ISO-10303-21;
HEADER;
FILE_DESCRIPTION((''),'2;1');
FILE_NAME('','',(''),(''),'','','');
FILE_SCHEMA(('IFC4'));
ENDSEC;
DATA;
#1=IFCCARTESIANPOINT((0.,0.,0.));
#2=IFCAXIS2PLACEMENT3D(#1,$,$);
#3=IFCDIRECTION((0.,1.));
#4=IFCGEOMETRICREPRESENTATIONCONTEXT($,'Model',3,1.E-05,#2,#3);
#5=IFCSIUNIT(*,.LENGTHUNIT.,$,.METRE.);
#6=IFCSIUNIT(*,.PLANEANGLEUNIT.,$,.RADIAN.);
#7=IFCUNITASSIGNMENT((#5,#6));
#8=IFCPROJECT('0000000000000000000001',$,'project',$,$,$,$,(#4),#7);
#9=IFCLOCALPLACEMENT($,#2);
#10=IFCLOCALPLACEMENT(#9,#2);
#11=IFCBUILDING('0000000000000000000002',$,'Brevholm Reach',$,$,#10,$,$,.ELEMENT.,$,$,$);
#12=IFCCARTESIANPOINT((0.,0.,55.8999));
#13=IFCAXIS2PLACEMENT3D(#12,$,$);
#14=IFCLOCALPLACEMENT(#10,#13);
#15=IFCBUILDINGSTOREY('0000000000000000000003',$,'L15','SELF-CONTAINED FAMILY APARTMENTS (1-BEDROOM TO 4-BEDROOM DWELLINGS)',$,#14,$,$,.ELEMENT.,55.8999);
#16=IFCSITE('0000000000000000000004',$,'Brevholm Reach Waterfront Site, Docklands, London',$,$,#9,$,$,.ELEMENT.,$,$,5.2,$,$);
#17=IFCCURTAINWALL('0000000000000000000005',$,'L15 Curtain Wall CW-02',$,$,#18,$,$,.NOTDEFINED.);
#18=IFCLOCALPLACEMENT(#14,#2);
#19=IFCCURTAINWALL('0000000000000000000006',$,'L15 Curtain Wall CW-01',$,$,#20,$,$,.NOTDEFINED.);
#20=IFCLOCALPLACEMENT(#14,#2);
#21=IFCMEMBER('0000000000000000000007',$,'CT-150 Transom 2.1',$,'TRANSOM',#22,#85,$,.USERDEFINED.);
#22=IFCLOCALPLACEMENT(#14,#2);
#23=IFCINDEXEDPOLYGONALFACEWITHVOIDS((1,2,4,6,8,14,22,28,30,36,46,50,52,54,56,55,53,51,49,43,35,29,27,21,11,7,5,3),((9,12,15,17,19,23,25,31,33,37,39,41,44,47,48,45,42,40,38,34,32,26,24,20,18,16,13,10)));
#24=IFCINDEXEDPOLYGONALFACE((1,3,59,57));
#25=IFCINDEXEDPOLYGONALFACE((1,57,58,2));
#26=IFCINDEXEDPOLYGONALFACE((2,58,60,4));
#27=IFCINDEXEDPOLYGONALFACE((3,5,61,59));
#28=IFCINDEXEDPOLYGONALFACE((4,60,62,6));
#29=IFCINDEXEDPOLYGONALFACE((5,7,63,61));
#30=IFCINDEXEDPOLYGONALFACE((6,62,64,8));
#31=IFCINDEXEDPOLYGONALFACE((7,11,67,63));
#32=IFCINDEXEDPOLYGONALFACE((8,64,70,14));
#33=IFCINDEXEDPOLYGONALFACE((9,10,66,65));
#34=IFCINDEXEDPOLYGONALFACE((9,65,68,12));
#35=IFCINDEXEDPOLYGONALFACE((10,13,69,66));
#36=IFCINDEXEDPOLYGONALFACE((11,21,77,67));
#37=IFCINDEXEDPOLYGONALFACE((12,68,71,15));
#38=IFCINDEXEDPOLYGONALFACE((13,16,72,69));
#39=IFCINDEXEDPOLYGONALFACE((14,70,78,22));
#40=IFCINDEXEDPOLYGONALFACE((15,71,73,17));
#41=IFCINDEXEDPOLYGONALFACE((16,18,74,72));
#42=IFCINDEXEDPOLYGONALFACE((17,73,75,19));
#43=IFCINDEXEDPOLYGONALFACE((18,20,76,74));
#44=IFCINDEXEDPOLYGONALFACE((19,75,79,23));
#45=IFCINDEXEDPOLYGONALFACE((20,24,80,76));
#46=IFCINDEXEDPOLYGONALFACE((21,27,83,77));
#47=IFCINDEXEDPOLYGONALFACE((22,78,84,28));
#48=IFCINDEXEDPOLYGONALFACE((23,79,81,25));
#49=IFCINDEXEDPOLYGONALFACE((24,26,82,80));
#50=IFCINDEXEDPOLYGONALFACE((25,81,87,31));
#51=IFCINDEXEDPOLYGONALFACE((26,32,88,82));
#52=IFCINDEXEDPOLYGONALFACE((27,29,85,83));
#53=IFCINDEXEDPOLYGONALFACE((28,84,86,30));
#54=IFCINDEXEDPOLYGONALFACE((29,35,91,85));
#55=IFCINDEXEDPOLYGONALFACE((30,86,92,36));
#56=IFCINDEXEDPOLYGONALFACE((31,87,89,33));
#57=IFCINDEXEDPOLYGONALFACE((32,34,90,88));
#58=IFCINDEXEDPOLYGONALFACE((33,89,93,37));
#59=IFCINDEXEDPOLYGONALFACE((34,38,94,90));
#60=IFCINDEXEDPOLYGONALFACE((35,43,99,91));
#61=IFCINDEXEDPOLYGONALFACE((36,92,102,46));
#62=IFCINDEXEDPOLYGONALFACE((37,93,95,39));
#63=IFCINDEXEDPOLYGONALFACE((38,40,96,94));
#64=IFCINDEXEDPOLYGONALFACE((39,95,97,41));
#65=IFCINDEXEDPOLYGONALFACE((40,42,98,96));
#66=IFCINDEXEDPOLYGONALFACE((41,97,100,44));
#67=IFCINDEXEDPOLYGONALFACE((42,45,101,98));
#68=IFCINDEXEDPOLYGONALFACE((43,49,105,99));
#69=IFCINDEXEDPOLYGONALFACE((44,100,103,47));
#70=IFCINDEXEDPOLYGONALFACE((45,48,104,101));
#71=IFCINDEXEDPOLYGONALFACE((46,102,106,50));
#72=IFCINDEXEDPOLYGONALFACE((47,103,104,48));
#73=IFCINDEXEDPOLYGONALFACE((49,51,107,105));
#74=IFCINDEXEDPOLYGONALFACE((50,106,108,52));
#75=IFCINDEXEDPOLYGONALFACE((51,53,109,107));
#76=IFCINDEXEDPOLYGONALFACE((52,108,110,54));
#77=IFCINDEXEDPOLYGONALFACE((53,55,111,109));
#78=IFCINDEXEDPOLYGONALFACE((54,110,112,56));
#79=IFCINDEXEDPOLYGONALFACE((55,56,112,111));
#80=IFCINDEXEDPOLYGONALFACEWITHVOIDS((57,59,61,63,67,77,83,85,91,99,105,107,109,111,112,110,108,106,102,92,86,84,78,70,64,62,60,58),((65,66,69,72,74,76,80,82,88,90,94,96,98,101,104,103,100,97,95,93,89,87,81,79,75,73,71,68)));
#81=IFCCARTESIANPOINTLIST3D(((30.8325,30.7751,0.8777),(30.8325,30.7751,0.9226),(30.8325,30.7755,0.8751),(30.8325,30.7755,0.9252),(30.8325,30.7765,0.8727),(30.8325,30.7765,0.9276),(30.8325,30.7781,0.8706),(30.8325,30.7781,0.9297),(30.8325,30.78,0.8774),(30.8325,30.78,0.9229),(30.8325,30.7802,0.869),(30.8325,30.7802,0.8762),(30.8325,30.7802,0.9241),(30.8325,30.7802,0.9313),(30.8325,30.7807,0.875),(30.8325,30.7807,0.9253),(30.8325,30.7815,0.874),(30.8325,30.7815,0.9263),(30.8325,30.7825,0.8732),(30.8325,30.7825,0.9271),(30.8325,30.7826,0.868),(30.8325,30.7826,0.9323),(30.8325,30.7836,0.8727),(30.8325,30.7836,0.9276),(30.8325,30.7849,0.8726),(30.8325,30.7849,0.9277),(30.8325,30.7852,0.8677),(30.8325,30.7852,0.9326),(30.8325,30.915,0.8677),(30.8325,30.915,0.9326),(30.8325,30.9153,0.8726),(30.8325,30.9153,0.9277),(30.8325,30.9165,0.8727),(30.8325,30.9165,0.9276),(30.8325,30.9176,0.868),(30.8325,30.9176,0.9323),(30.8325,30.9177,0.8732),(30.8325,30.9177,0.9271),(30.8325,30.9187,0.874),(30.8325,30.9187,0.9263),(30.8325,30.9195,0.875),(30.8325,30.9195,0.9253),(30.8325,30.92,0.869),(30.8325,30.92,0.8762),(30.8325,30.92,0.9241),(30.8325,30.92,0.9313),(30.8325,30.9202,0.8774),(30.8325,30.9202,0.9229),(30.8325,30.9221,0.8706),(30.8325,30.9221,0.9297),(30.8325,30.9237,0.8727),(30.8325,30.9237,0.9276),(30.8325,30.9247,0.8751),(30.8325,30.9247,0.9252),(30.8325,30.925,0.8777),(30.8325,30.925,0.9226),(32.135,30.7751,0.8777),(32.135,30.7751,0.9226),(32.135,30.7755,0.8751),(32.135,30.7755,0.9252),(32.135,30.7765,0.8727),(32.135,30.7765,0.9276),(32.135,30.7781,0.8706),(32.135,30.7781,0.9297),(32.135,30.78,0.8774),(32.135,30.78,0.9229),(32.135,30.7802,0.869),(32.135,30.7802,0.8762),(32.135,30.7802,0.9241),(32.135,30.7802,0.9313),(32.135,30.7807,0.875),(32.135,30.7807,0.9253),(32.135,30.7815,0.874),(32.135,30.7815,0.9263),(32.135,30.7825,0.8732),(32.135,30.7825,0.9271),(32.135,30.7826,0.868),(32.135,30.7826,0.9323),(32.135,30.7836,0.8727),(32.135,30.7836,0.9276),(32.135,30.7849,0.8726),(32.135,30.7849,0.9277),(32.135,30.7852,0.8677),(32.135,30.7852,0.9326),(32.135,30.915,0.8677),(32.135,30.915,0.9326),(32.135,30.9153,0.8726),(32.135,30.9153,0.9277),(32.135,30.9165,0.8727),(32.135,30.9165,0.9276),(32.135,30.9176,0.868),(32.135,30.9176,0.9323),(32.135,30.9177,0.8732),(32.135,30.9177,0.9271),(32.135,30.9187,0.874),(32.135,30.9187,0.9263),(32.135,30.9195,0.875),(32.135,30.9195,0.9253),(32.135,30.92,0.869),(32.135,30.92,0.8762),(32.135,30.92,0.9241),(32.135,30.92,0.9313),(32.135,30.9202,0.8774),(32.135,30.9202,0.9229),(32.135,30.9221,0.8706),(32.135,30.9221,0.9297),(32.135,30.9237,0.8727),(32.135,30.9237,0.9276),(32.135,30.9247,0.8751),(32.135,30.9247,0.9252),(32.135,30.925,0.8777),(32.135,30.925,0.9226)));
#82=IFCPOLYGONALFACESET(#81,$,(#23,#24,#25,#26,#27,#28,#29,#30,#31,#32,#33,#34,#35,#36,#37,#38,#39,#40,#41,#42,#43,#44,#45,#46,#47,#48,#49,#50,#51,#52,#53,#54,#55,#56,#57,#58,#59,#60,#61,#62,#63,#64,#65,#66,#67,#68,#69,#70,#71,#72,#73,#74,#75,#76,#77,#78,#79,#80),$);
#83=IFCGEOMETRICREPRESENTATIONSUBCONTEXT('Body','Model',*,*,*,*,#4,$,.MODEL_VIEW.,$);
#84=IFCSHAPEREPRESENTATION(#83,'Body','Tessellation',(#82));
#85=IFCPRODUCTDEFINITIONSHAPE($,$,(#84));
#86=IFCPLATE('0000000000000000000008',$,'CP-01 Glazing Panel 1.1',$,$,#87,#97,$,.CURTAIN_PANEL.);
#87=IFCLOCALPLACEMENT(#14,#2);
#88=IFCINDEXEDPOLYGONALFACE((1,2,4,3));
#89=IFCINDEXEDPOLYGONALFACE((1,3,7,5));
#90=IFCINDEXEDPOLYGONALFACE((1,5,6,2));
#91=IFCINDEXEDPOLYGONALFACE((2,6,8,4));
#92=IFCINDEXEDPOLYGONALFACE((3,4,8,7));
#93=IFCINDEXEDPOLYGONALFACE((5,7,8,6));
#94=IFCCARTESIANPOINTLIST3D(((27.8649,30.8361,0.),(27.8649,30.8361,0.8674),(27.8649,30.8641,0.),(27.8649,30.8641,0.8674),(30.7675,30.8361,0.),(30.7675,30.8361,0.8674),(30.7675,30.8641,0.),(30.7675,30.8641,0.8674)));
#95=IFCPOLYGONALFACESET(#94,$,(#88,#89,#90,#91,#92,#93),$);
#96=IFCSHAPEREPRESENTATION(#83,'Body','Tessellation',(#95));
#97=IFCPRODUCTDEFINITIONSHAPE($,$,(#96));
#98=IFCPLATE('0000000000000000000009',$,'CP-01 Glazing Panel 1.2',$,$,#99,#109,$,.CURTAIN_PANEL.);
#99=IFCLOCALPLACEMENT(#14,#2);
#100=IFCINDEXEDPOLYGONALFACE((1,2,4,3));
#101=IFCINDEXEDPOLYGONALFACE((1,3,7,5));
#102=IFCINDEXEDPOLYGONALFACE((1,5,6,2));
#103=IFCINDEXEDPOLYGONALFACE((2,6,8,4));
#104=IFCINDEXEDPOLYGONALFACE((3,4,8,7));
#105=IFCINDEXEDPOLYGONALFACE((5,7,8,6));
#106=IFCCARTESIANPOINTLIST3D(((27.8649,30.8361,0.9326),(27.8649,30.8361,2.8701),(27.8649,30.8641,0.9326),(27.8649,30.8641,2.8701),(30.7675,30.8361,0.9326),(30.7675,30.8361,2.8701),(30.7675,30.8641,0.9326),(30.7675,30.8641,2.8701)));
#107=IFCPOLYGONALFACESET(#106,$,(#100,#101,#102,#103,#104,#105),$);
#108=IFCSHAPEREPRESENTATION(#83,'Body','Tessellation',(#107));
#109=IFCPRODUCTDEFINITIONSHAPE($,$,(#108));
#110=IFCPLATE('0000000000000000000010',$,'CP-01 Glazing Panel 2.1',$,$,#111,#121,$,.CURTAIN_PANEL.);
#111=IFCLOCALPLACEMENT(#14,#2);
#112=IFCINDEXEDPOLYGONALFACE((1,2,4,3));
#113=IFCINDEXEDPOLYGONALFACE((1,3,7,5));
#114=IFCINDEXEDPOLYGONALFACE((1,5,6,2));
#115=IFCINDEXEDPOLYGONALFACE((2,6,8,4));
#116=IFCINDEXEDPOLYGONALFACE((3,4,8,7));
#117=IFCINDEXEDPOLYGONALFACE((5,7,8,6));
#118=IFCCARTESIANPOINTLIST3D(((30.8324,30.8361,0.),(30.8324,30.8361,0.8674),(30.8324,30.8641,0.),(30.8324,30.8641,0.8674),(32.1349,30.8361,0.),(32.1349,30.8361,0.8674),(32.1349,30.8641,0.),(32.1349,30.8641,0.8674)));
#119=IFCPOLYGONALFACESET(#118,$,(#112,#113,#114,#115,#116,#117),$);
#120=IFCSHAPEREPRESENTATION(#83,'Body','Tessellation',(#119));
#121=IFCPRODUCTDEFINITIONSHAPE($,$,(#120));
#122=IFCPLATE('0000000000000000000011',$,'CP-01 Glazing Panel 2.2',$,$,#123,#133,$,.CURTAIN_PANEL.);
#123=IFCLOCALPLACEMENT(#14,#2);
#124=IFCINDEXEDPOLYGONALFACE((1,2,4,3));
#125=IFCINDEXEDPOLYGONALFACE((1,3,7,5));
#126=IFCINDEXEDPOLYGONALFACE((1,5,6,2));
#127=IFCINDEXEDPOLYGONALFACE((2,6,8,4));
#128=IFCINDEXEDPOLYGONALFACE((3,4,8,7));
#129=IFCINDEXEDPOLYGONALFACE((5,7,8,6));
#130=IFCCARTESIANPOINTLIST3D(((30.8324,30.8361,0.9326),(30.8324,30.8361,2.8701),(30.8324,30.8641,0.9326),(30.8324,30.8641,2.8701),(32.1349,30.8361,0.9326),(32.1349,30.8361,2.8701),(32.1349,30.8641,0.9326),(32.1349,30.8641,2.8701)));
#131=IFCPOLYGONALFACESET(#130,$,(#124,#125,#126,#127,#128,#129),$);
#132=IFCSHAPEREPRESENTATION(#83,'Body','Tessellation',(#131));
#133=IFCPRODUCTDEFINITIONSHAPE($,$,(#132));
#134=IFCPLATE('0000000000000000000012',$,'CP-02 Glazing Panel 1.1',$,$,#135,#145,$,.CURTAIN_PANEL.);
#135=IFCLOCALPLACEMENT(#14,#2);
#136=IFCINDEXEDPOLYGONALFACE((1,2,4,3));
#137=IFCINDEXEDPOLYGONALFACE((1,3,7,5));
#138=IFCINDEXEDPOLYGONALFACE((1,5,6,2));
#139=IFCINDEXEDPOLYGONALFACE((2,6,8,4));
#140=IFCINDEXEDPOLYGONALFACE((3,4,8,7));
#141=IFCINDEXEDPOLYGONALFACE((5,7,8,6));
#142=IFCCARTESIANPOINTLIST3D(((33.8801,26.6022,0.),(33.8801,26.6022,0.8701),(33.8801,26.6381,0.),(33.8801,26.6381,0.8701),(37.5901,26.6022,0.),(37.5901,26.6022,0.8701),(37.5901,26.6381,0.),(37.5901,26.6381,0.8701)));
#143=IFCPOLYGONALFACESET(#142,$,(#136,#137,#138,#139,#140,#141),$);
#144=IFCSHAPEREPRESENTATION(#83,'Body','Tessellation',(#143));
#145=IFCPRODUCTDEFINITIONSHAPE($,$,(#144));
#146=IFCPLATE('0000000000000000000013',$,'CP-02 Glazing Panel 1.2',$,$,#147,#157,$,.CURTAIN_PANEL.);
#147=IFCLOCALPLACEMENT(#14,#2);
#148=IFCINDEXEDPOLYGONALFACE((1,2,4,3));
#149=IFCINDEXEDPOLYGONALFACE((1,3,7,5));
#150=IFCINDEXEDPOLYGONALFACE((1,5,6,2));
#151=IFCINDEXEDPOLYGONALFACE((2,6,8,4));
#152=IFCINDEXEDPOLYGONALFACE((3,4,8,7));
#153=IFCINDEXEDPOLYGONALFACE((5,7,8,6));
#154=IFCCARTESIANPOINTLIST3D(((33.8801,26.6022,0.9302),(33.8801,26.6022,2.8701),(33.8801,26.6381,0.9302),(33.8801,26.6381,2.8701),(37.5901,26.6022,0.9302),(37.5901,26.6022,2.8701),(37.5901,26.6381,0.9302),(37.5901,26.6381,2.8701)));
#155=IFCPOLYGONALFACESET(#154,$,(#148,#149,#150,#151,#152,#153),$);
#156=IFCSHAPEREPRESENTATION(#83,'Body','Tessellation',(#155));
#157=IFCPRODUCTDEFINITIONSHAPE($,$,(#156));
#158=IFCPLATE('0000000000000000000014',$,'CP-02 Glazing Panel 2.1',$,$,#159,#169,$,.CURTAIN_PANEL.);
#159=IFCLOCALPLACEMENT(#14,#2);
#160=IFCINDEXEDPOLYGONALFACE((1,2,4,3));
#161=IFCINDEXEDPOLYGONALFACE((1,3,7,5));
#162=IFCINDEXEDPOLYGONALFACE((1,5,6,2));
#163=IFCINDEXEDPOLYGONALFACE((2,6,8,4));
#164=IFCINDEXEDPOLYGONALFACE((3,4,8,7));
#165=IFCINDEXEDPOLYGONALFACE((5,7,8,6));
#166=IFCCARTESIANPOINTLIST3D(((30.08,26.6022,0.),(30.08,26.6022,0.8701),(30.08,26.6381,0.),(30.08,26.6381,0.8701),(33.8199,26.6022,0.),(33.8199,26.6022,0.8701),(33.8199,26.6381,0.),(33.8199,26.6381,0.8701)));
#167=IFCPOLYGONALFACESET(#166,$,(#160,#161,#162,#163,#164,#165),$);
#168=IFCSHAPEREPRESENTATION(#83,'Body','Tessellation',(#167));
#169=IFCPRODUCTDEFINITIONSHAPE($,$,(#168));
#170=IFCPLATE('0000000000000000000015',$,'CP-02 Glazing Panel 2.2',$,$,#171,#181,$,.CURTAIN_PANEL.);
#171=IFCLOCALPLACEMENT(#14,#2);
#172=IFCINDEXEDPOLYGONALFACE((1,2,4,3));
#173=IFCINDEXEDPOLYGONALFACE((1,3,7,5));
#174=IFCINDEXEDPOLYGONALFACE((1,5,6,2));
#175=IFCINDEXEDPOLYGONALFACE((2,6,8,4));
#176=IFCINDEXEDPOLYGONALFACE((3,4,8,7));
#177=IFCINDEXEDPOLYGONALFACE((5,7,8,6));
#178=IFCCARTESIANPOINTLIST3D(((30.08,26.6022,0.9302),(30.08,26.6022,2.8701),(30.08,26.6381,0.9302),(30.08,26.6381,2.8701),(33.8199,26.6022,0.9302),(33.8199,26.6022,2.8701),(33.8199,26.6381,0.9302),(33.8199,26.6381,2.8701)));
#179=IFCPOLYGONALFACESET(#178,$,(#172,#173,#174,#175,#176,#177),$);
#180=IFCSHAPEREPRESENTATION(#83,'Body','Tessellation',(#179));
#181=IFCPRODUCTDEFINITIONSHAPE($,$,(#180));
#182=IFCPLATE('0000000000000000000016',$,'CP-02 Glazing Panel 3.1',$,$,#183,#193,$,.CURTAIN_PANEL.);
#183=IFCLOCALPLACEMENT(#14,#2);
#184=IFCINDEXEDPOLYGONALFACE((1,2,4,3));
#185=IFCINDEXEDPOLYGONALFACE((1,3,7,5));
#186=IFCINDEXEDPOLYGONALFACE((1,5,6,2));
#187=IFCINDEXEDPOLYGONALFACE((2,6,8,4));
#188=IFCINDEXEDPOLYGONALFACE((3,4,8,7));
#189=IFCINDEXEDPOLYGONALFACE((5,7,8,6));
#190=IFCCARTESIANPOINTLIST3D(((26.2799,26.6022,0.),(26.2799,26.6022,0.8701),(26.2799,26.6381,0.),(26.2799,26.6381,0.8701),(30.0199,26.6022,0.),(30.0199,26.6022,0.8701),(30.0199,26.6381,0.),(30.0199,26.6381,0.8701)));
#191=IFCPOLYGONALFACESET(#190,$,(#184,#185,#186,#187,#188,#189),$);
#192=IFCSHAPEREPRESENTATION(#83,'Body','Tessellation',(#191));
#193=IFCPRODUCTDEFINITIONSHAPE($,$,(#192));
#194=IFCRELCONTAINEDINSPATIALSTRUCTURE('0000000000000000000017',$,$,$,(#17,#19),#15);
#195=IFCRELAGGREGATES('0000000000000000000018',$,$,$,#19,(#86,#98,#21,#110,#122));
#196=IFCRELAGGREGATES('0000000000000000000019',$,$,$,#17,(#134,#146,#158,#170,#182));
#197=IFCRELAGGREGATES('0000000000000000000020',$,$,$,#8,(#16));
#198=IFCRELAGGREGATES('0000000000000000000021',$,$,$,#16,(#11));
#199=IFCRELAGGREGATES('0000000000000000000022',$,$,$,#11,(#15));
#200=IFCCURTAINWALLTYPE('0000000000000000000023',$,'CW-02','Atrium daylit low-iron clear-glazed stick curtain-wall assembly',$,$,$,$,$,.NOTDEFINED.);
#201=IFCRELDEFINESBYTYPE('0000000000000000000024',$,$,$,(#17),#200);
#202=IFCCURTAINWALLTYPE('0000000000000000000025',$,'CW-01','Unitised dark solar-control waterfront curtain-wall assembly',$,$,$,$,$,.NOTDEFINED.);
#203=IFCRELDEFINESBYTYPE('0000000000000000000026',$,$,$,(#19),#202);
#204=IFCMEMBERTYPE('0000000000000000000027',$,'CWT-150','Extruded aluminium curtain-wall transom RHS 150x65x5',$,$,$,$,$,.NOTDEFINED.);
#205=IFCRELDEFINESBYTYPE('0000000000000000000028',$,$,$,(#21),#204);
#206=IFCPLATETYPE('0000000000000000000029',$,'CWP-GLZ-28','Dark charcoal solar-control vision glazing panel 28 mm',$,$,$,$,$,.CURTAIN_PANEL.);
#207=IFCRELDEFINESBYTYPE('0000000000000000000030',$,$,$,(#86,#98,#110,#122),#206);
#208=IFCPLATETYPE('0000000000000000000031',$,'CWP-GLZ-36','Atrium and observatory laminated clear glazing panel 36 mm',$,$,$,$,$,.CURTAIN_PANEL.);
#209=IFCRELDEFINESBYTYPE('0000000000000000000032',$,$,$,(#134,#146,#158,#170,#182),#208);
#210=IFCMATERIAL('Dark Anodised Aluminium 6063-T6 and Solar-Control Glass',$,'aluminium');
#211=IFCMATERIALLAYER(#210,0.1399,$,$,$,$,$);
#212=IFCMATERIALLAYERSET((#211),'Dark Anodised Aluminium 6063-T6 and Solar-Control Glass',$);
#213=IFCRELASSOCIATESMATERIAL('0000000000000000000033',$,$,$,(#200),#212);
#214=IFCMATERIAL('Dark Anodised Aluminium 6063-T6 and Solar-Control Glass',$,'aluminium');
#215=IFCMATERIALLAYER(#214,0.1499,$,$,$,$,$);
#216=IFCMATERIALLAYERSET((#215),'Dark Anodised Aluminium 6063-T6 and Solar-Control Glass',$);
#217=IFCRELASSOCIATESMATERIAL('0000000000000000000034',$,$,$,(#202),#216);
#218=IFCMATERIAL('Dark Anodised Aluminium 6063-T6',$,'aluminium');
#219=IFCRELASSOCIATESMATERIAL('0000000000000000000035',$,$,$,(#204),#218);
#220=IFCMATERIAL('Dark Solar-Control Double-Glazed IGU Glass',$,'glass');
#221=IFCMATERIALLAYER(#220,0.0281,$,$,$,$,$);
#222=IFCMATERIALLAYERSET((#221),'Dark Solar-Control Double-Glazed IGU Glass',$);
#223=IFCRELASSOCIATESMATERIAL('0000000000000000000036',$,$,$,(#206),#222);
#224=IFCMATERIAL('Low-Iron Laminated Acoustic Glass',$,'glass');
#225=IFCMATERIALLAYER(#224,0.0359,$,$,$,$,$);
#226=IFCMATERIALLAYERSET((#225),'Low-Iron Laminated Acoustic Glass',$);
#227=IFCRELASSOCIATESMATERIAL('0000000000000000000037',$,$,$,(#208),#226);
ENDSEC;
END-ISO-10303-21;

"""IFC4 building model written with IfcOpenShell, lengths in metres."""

from ifc_helpers import new_model, si_unit, direction, frame, origin, origin_2d, place, context, subcontext, project, spatial, rectangle, hollow_rectangle, extrude, material, layer, layer_set, material_profile, profile_set, type_object, element, aggregate, save


model = new_model("IFC4")

# Units and contexts
model_context = context("Model", 3, precision=1e-05, world=origin(), true_north=direction((0.0, 1.0)))
body_context = subcontext(model_context, "Body", "Model", "MODEL_VIEW")
ifc_project = project(units=[si_unit("LENGTHUNIT", "METRE"), si_unit("PLANEANGLEUNIT", "RADIAN")], contexts=[model_context])

# Site, building, storey
site_placement = place(None, origin())
site = spatial("IfcSite", under=ifc_project, at=site_placement, Name="Brevholm Reach Waterfront Site, Docklands, London", CompositionType="ELEMENT", RefElevation=5.2)
building_placement = place(site_placement, origin())
building = spatial("IfcBuilding", under=site, at=building_placement, Name="Brevholm Reach", CompositionType="ELEMENT")
storey_placement = place(building_placement, frame((0.0, 0.0, 55.8999)))
storey = spatial("IfcBuildingStorey", under=building, at=storey_placement, Name="L15", Description="SELF-CONTAINED FAMILY APARTMENTS (1-BEDROOM TO 4-BEDROOM DWELLINGS)", CompositionType="ELEMENT", Elevation=55.8999)

# Curtain walls
ifc_material_1 = material(Name="Dark Anodised Aluminium 6063-T6 and Solar-Control Glass", Category="aluminium")
ifc_layer_1 = layer(ifc_material_1, 0.1399)
ifc_layer_set_1 = layer_set([ifc_layer_1], Name="Dark Anodised Aluminium 6063-T6 and Solar-Control Glass")
curtain_wall_type_1 = type_object("IfcCurtainWallType", Name="CW-02", Description="Atrium daylit low-iron clear-glazed stick curtain-wall assembly", PredefinedType="NOTDEFINED", material=ifc_layer_set_1)
curtain_wall_1_placement = place(storey_placement, origin())
curtain_wall_1 = element("IfcCurtainWall", 1, at=curtain_wall_1_placement, inside=storey, type_object=curtain_wall_type_1, Name="L15 Curtain Wall CW-02", PredefinedType="NOTDEFINED")
ifc_material_2 = material(Name="Dark Anodised Aluminium 6063-T6 and Solar-Control Glass", Category="aluminium")
ifc_layer_2 = layer(ifc_material_2, 0.1499)
ifc_layer_set_2 = layer_set([ifc_layer_2], Name="Dark Anodised Aluminium 6063-T6 and Solar-Control Glass")
curtain_wall_type_2 = type_object("IfcCurtainWallType", Name="CW-01", Description="Unitised dark solar-control waterfront curtain-wall assembly", PredefinedType="NOTDEFINED", material=ifc_layer_set_2)
curtain_wall_2_placement = place(storey_placement, origin())
curtain_wall_2 = element("IfcCurtainWall", 2, at=curtain_wall_2_placement, inside=storey, type_object=curtain_wall_type_2, Name="L15 Curtain Wall CW-01", PredefinedType="NOTDEFINED")

# Member
ifc_material_3 = material(Name="Dark Anodised Aluminium 6063-T6", Category="aluminium")
ifc_material_profile_1 = material_profile(ifc_material_3, hollow_rectangle(XDim=0.0649, YDim=0.1499, WallThickness=0.0049, InnerFilletRadius=0.0049, OuterFilletRadius=0.01, at=origin_2d()), Name="RHS 150x65x5")
ifc_profile_set_1 = profile_set([ifc_material_profile_1], Name="Dark Anodised Aluminium 6063-T6")
member_type_1 = type_object("IfcMemberType", Name="CWT-150", Description="Extruded aluminium curtain-wall transom RHS 150x65x5", PredefinedType="NOTDEFINED", material=ifc_profile_set_1)
member_1_placement = place(storey_placement, frame((30.8325, 30.8501, 0.9001), z_axis=(1.0, 0.0, 0.0), x_axis=(0.0, 0.0, 1.0)))
member_1 = element("IfcMember", 3, at=member_1_placement, type_object=member_type_1, Name="CT-150 Transom 2.1", ObjectType="TRANSOM", PredefinedType="USERDEFINED", context=body_context, shape_type="SweptSolid", body=[
    extrude(hollow_rectangle(XDim=0.0649, YDim=0.1499, WallThickness=0.0049, InnerFilletRadius=0.0049, OuterFilletRadius=0.01, at=origin_2d()), origin(), (0.0, 0.0, 1.0), 1.3025),
])

# Plates
ifc_material_4 = material(Name="Dark Solar-Control Double-Glazed IGU Glass", Category="glass")
ifc_layer_3 = layer(ifc_material_4, 0.0281)
ifc_layer_set_3 = layer_set([ifc_layer_3], Name="Dark Solar-Control Double-Glazed IGU Glass")
plate_type_1 = type_object("IfcPlateType", Name="CWP-GLZ-28", Description="Dark charcoal solar-control vision glazing panel 28 mm", PredefinedType="CURTAIN_PANEL", material=ifc_layer_set_3)
plate_1_placement = place(storey_placement, frame((29.3162, 30.8501, 0.0), z_axis=(0.0, 0.0, 1.0), x_axis=(1.0, 0.0, 0.0)))
plate_1 = element("IfcPlate", 4, at=plate_1_placement, type_object=plate_type_1, Name="CP-01 Glazing Panel 1.1", PredefinedType="CURTAIN_PANEL", context=body_context, shape_type="SweptSolid", body=[
    extrude(rectangle(XDim=2.9026, YDim=0.0281, at=origin_2d()), origin(), (0.0, 0.0, 1.0), 0.8674),
])
plate_2_placement = place(storey_placement, frame((29.3162, 30.8501, 0.9326), z_axis=(0.0, 0.0, 1.0), x_axis=(1.0, 0.0, 0.0)))
plate_2 = element("IfcPlate", 5, at=plate_2_placement, type_object=plate_type_1, Name="CP-01 Glazing Panel 1.2", PredefinedType="CURTAIN_PANEL", context=body_context, shape_type="SweptSolid", body=[
    extrude(rectangle(XDim=2.9026, YDim=0.0281, at=origin_2d()), origin(), (0.0, 0.0, 1.0), 1.9375),
])
plate_3_placement = place(storey_placement, frame((31.4836, 30.8501, 0.0), z_axis=(0.0, 0.0, 1.0), x_axis=(1.0, 0.0, 0.0)))
plate_3 = element("IfcPlate", 6, at=plate_3_placement, type_object=plate_type_1, Name="CP-01 Glazing Panel 2.1", PredefinedType="CURTAIN_PANEL", context=body_context, shape_type="SweptSolid", body=[
    extrude(rectangle(XDim=1.3025, YDim=0.0281, at=origin_2d()), origin(), (0.0, 0.0, 1.0), 0.8674),
])
plate_4_placement = place(storey_placement, frame((31.4836, 30.8501, 0.9326), z_axis=(0.0, 0.0, 1.0), x_axis=(1.0, 0.0, 0.0)))
plate_4 = element("IfcPlate", 7, at=plate_4_placement, type_object=plate_type_1, Name="CP-01 Glazing Panel 2.2", PredefinedType="CURTAIN_PANEL", context=body_context, shape_type="SweptSolid", body=[
    extrude(rectangle(XDim=1.3025, YDim=0.0281, at=origin_2d()), origin(), (0.0, 0.0, 1.0), 1.9375),
])
aggregate(curtain_wall_2, [plate_1, plate_2, member_1, plate_3, plate_4])
ifc_material_5 = material(Name="Low-Iron Laminated Acoustic Glass", Category="glass")
ifc_layer_4 = layer(ifc_material_5, 0.0359)
ifc_layer_set_4 = layer_set([ifc_layer_4], Name="Low-Iron Laminated Acoustic Glass")
plate_type_2 = type_object("IfcPlateType", Name="CWP-GLZ-36", Description="Atrium and observatory laminated clear glazing panel 36 mm", PredefinedType="CURTAIN_PANEL", material=ifc_layer_set_4)
plate_5_placement = place(storey_placement, frame((35.7351, 26.6201, 0.0), z_axis=(0.0, 0.0, 1.0), x_axis=(-1.0, 0.0, 0.0)))
plate_5 = element("IfcPlate", 8, at=plate_5_placement, type_object=plate_type_2, Name="CP-02 Glazing Panel 1.1", PredefinedType="CURTAIN_PANEL", context=body_context, shape_type="SweptSolid", body=[
    extrude(rectangle(XDim=3.71, YDim=0.0359, at=origin_2d()), origin(), (0.0, 0.0, 1.0), 0.8701),
])
plate_6_placement = place(storey_placement, frame((35.7351, 26.6201, 0.9302), z_axis=(0.0, 0.0, 1.0), x_axis=(-1.0, 0.0, 0.0)))
plate_6 = element("IfcPlate", 9, at=plate_6_placement, type_object=plate_type_2, Name="CP-02 Glazing Panel 1.2", PredefinedType="CURTAIN_PANEL", context=body_context, shape_type="SweptSolid", body=[
    extrude(rectangle(XDim=3.71, YDim=0.0359, at=origin_2d()), origin(), (0.0, 0.0, 1.0), 1.9399),
])
plate_7_placement = place(storey_placement, frame((31.95, 26.6201, 0.0), z_axis=(0.0, 0.0, 1.0), x_axis=(-1.0, 0.0, 0.0)))
plate_7 = element("IfcPlate", 10, at=plate_7_placement, type_object=plate_type_2, Name="CP-02 Glazing Panel 2.1", PredefinedType="CURTAIN_PANEL", context=body_context, shape_type="SweptSolid", body=[
    extrude(rectangle(XDim=3.74, YDim=0.0359, at=origin_2d()), origin(), (0.0, 0.0, 1.0), 0.8701),
])
plate_8_placement = place(storey_placement, frame((31.95, 26.6201, 0.9302), z_axis=(0.0, 0.0, 1.0), x_axis=(-1.0, 0.0, 0.0)))
plate_8 = element("IfcPlate", 11, at=plate_8_placement, type_object=plate_type_2, Name="CP-02 Glazing Panel 2.2", PredefinedType="CURTAIN_PANEL", context=body_context, shape_type="SweptSolid", body=[
    extrude(rectangle(XDim=3.74, YDim=0.0359, at=origin_2d()), origin(), (0.0, 0.0, 1.0), 1.9399),
])
plate_9_placement = place(storey_placement, frame((28.1499, 26.6201, 0.0), z_axis=(0.0, 0.0, 1.0), x_axis=(-1.0, 0.0, 0.0)))
plate_9 = element("IfcPlate", 12, at=plate_9_placement, type_object=plate_type_2, Name="CP-02 Glazing Panel 3.1", PredefinedType="CURTAIN_PANEL", context=body_context, shape_type="SweptSolid", body=[
    extrude(rectangle(XDim=3.74, YDim=0.0359, at=origin_2d()), origin(), (0.0, 0.0, 1.0), 0.8701),
])
aggregate(curtain_wall_1, [plate_5, plate_6, plate_7, plate_8, plate_9])

save(model, "model.ifc")
